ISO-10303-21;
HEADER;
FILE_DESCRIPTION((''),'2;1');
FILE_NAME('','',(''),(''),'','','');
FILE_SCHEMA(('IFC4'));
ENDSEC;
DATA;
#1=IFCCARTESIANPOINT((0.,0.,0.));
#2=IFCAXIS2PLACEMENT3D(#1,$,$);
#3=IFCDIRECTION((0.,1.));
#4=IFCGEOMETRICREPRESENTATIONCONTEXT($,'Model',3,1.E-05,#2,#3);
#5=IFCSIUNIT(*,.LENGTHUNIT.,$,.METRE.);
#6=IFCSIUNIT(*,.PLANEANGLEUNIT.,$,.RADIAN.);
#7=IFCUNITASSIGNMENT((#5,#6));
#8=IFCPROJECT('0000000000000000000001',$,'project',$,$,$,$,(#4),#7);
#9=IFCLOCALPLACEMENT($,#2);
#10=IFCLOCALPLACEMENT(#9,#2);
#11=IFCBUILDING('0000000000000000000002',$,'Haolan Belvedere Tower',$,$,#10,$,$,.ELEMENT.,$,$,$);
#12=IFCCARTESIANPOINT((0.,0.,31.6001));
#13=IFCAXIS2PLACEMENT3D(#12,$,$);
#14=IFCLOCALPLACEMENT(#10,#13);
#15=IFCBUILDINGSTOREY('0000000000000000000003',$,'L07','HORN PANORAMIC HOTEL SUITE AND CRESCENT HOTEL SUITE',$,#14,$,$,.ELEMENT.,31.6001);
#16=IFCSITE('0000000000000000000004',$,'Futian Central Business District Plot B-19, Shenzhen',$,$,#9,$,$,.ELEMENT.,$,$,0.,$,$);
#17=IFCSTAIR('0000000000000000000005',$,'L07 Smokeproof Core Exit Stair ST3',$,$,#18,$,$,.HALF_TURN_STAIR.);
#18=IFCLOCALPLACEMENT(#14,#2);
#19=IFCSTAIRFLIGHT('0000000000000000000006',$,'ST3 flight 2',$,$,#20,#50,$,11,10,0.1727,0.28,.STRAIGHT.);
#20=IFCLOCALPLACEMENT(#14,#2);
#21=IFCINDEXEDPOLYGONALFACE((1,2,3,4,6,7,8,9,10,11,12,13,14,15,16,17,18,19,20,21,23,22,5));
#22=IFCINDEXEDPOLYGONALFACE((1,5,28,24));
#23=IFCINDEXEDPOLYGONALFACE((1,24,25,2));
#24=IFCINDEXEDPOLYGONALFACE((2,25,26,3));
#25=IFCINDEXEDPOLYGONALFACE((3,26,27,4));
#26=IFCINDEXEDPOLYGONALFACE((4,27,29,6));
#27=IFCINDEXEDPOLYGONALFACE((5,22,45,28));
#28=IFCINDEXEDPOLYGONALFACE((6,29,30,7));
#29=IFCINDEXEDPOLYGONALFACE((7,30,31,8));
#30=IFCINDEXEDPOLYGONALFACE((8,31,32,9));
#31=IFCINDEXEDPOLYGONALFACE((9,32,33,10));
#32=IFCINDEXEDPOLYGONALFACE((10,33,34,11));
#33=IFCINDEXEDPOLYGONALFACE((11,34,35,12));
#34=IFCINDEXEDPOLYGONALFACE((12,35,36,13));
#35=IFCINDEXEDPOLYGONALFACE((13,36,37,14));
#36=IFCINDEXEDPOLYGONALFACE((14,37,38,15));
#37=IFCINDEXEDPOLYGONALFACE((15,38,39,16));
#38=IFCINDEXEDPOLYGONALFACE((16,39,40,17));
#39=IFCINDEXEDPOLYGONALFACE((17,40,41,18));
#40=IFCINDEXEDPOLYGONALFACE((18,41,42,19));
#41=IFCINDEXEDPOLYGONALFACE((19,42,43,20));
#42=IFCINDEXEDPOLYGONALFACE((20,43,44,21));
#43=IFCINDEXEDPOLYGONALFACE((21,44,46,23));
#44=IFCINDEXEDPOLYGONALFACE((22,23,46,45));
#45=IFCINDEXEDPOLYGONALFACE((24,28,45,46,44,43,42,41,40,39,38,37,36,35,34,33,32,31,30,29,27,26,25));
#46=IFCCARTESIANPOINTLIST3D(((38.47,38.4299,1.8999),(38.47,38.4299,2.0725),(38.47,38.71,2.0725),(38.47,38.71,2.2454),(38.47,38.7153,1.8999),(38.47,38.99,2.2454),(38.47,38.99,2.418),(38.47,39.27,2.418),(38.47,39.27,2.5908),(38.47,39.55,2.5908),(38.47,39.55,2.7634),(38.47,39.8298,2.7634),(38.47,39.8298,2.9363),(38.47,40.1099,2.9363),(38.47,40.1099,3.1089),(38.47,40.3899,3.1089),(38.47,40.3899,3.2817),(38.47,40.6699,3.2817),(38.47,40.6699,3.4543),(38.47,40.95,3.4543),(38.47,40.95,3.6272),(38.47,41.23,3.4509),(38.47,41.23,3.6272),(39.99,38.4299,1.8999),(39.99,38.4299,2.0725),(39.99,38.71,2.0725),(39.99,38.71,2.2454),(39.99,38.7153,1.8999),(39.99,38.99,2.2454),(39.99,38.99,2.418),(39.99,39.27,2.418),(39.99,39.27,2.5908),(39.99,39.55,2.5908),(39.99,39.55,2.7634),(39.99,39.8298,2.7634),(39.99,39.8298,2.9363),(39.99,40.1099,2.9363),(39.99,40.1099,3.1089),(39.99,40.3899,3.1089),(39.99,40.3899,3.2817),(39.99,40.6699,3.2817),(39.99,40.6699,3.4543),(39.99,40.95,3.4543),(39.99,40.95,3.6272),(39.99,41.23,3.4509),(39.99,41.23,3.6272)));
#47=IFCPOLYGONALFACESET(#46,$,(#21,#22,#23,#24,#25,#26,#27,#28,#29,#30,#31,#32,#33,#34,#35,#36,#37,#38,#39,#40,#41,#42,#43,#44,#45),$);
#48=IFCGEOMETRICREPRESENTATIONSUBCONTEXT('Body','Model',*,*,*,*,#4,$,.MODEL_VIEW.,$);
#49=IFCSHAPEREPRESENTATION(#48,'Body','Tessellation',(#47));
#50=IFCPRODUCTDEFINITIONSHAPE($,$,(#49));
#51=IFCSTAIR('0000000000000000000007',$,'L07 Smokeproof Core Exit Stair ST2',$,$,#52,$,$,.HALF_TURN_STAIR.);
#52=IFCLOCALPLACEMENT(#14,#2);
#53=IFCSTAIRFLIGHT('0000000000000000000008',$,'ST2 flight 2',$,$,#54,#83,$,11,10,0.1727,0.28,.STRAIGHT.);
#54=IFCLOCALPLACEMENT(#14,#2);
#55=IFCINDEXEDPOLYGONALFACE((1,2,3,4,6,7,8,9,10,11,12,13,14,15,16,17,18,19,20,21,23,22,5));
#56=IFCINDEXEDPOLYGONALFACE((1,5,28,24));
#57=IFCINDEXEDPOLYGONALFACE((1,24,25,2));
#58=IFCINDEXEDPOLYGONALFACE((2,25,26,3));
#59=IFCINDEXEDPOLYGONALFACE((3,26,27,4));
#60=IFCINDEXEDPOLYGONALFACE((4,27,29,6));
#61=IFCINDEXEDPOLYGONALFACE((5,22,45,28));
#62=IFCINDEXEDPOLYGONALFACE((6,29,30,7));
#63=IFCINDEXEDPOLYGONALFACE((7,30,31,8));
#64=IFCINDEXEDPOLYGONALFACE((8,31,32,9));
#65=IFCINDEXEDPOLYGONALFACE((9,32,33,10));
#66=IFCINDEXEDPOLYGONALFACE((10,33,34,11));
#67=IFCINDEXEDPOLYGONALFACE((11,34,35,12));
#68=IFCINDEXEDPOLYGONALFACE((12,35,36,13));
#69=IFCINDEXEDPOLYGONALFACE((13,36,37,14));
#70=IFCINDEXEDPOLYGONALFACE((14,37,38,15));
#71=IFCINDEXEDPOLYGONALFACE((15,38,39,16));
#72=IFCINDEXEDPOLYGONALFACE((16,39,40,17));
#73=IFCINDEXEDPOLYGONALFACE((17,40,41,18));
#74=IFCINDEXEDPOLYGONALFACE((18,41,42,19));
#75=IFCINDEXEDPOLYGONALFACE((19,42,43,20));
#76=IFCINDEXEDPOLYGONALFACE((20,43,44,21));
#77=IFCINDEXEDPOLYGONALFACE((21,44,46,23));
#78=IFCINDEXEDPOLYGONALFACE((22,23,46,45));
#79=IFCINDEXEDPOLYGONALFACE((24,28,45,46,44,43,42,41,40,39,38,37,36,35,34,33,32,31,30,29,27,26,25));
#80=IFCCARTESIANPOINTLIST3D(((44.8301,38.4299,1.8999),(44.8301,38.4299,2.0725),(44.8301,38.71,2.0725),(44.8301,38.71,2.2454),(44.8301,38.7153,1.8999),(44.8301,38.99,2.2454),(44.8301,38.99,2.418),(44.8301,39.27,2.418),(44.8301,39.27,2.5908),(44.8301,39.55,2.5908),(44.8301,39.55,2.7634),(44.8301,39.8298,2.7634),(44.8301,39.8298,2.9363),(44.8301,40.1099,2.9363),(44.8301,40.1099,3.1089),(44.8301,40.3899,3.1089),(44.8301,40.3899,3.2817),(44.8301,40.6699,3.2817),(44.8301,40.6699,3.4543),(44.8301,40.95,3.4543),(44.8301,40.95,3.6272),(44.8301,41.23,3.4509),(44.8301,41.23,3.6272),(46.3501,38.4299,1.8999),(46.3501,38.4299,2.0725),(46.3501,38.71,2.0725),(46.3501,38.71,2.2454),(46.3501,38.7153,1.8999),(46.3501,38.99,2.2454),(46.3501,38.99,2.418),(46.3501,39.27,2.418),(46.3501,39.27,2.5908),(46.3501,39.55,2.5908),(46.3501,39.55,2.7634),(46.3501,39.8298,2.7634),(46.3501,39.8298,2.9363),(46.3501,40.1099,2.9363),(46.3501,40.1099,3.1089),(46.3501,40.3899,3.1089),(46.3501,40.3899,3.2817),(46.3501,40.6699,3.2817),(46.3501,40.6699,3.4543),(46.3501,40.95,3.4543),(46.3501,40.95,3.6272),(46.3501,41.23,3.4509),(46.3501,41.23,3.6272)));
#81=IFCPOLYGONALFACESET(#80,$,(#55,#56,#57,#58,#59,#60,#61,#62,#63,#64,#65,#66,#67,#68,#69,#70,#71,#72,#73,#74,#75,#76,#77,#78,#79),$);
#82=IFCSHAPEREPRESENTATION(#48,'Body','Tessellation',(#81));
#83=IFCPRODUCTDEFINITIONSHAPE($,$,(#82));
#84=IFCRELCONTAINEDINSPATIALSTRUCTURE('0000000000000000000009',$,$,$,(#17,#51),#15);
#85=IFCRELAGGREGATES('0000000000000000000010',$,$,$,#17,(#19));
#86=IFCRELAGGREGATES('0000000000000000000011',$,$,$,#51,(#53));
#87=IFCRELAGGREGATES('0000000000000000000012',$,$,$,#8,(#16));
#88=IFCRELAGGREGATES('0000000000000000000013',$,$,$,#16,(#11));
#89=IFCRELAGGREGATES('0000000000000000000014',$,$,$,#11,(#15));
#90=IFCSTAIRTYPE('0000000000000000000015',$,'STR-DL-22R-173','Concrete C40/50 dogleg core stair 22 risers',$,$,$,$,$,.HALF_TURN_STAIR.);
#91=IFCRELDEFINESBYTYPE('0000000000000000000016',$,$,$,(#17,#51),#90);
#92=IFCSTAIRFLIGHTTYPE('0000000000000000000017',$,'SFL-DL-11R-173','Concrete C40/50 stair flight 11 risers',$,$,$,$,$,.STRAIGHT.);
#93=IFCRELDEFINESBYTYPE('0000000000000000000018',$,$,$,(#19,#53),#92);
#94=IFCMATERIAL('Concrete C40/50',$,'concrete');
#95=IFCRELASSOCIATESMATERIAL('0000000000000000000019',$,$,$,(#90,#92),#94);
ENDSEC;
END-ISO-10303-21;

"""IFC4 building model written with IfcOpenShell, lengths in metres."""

from ifc_helpers import new_model, si_unit, direction, frame, origin, place, context, subcontext, project, spatial, polyline, outline, extrude, material, type_object, element, aggregate, save


model = new_model("IFC4")

# Units and contexts
model_context = context("Model", 3, precision=1e-05, world=origin(), true_north=direction((0.0, 1.0)))
body_context = subcontext(model_context, "Body", "Model", "MODEL_VIEW")
ifc_project = project(units=[si_unit("LENGTHUNIT", "METRE"), si_unit("PLANEANGLEUNIT", "RADIAN")], contexts=[model_context])

# Site, building, storey
site_placement = place(None, origin())
site = spatial("IfcSite", under=ifc_project, at=site_placement, Name="Futian Central Business District Plot B-19, Shenzhen", CompositionType="ELEMENT", RefElevation=0.0)
building_placement = place(site_placement, origin())
building = spatial("IfcBuilding", under=site, at=building_placement, Name="Haolan Belvedere Tower", CompositionType="ELEMENT")
storey_placement = place(building_placement, frame((0.0, 0.0, 31.6001)))
storey = spatial("IfcBuildingStorey", under=building, at=storey_placement, Name="L07", Description="HORN PANORAMIC HOTEL SUITE AND CRESCENT HOTEL SUITE", CompositionType="ELEMENT", Elevation=31.6001)

# Stair, stair flight
ifc_material_1 = material(Name="Concrete C40/50", Category="concrete")
stair_type = type_object("IfcStairType", Name="STR-DL-22R-173", Description="Concrete C40/50 dogleg core stair 22 risers", PredefinedType="HALF_TURN_STAIR", material=ifc_material_1)
stair_1_placement = place(storey_placement, origin())
stair_1 = element("IfcStair", 1, at=stair_1_placement, inside=storey, type_object=stair_type, Name="L07 Smokeproof Core Exit Stair ST3", PredefinedType="HALF_TURN_STAIR")
stair_flight_type = type_object("IfcStairFlightType", Name="SFL-DL-11R-173", Description="Concrete C40/50 stair flight 11 risers", PredefinedType="STRAIGHT", material=ifc_material_1)
stair_flight_1_placement = place(storey_placement, frame((39.23, 38.4299, 1.8999), z_axis=(0.0, 0.0, 1.0), x_axis=(0.0, 1.0, 0.0)))
stair_flight_1 = element("IfcStairFlight", 2, at=stair_flight_1_placement, type_object=stair_flight_type, Name="ST3 flight 2", NumberOfRisers=11, NumberOfTreads=10, PredefinedType="STRAIGHT", RiserHeight=0.1727, TreadLength=0.28, context=body_context, shape_type="SweptSolid", body=[
    extrude(outline(polyline([(0.0, 0.0), (0.0, 0.1726), (0.28, 0.1726), (0.28, 0.3455), (0.5601, 0.3455), (0.5601, 0.5181), (0.8401, 0.5181), (0.8401, 0.6909), (1.1201, 0.6909), (1.1201, 0.8635), (1.3999, 0.8635), (1.3999, 1.0364), (1.6799, 1.0364), (1.6799, 1.209), (1.96, 1.209), (1.96, 1.3818), (2.24, 1.3818), (2.24, 1.5544), (2.52, 1.5544), (2.52, 1.7273), (2.8, 1.7273), (2.8, 1.8999), (2.8, 1.551), (0.2854, 0.0), (0.0, 0.0)])), frame((0.0, 0.76, 0.0), z_axis=(0.0, -1.0, 0.0), x_axis=(1.0, 0.0, 0.0)), (0.0, 0.0, 1.0), 1.52),
])
aggregate(stair_1, [stair_flight_1])

# Stair, stair flight
stair_2_placement = place(storey_placement, origin())
stair_2 = element("IfcStair", 3, at=stair_2_placement, inside=storey, type_object=stair_type, Name="L07 Smokeproof Core Exit Stair ST2", PredefinedType="HALF_TURN_STAIR")
stair_flight_2_placement = place(storey_placement, frame((45.5901, 38.4299, 1.8999), z_axis=(0.0, 0.0, 1.0), x_axis=(0.0, 1.0, 0.0)))
stair_flight_2 = element("IfcStairFlight", 4, at=stair_flight_2_placement, type_object=stair_flight_type, Name="ST2 flight 2", NumberOfRisers=11, NumberOfTreads=10, PredefinedType="STRAIGHT", RiserHeight=0.1727, TreadLength=0.28, context=body_context, shape_type="SweptSolid", body=[
    extrude(outline(polyline([(0.0, 0.0), (0.0, 0.1726), (0.28, 0.1726), (0.28, 0.3455), (0.5601, 0.3455), (0.5601, 0.5181), (0.8401, 0.5181), (0.8401, 0.6909), (1.1201, 0.6909), (1.1201, 0.8635), (1.3999, 0.8635), (1.3999, 1.0364), (1.6799, 1.0364), (1.6799, 1.209), (1.96, 1.209), (1.96, 1.3818), (2.24, 1.3818), (2.24, 1.5544), (2.52, 1.5544), (2.52, 1.7273), (2.8, 1.7273), (2.8, 1.8999), (2.8, 1.551), (0.2854, 0.0), (0.0, 0.0)])), frame((0.0, 0.76, 0.0), z_axis=(0.0, -1.0, 0.0), x_axis=(1.0, 0.0, 0.0)), (0.0, 0.0, 1.0), 1.52),
])
aggregate(stair_2, [stair_flight_2])

save(model, "model.ifc")
